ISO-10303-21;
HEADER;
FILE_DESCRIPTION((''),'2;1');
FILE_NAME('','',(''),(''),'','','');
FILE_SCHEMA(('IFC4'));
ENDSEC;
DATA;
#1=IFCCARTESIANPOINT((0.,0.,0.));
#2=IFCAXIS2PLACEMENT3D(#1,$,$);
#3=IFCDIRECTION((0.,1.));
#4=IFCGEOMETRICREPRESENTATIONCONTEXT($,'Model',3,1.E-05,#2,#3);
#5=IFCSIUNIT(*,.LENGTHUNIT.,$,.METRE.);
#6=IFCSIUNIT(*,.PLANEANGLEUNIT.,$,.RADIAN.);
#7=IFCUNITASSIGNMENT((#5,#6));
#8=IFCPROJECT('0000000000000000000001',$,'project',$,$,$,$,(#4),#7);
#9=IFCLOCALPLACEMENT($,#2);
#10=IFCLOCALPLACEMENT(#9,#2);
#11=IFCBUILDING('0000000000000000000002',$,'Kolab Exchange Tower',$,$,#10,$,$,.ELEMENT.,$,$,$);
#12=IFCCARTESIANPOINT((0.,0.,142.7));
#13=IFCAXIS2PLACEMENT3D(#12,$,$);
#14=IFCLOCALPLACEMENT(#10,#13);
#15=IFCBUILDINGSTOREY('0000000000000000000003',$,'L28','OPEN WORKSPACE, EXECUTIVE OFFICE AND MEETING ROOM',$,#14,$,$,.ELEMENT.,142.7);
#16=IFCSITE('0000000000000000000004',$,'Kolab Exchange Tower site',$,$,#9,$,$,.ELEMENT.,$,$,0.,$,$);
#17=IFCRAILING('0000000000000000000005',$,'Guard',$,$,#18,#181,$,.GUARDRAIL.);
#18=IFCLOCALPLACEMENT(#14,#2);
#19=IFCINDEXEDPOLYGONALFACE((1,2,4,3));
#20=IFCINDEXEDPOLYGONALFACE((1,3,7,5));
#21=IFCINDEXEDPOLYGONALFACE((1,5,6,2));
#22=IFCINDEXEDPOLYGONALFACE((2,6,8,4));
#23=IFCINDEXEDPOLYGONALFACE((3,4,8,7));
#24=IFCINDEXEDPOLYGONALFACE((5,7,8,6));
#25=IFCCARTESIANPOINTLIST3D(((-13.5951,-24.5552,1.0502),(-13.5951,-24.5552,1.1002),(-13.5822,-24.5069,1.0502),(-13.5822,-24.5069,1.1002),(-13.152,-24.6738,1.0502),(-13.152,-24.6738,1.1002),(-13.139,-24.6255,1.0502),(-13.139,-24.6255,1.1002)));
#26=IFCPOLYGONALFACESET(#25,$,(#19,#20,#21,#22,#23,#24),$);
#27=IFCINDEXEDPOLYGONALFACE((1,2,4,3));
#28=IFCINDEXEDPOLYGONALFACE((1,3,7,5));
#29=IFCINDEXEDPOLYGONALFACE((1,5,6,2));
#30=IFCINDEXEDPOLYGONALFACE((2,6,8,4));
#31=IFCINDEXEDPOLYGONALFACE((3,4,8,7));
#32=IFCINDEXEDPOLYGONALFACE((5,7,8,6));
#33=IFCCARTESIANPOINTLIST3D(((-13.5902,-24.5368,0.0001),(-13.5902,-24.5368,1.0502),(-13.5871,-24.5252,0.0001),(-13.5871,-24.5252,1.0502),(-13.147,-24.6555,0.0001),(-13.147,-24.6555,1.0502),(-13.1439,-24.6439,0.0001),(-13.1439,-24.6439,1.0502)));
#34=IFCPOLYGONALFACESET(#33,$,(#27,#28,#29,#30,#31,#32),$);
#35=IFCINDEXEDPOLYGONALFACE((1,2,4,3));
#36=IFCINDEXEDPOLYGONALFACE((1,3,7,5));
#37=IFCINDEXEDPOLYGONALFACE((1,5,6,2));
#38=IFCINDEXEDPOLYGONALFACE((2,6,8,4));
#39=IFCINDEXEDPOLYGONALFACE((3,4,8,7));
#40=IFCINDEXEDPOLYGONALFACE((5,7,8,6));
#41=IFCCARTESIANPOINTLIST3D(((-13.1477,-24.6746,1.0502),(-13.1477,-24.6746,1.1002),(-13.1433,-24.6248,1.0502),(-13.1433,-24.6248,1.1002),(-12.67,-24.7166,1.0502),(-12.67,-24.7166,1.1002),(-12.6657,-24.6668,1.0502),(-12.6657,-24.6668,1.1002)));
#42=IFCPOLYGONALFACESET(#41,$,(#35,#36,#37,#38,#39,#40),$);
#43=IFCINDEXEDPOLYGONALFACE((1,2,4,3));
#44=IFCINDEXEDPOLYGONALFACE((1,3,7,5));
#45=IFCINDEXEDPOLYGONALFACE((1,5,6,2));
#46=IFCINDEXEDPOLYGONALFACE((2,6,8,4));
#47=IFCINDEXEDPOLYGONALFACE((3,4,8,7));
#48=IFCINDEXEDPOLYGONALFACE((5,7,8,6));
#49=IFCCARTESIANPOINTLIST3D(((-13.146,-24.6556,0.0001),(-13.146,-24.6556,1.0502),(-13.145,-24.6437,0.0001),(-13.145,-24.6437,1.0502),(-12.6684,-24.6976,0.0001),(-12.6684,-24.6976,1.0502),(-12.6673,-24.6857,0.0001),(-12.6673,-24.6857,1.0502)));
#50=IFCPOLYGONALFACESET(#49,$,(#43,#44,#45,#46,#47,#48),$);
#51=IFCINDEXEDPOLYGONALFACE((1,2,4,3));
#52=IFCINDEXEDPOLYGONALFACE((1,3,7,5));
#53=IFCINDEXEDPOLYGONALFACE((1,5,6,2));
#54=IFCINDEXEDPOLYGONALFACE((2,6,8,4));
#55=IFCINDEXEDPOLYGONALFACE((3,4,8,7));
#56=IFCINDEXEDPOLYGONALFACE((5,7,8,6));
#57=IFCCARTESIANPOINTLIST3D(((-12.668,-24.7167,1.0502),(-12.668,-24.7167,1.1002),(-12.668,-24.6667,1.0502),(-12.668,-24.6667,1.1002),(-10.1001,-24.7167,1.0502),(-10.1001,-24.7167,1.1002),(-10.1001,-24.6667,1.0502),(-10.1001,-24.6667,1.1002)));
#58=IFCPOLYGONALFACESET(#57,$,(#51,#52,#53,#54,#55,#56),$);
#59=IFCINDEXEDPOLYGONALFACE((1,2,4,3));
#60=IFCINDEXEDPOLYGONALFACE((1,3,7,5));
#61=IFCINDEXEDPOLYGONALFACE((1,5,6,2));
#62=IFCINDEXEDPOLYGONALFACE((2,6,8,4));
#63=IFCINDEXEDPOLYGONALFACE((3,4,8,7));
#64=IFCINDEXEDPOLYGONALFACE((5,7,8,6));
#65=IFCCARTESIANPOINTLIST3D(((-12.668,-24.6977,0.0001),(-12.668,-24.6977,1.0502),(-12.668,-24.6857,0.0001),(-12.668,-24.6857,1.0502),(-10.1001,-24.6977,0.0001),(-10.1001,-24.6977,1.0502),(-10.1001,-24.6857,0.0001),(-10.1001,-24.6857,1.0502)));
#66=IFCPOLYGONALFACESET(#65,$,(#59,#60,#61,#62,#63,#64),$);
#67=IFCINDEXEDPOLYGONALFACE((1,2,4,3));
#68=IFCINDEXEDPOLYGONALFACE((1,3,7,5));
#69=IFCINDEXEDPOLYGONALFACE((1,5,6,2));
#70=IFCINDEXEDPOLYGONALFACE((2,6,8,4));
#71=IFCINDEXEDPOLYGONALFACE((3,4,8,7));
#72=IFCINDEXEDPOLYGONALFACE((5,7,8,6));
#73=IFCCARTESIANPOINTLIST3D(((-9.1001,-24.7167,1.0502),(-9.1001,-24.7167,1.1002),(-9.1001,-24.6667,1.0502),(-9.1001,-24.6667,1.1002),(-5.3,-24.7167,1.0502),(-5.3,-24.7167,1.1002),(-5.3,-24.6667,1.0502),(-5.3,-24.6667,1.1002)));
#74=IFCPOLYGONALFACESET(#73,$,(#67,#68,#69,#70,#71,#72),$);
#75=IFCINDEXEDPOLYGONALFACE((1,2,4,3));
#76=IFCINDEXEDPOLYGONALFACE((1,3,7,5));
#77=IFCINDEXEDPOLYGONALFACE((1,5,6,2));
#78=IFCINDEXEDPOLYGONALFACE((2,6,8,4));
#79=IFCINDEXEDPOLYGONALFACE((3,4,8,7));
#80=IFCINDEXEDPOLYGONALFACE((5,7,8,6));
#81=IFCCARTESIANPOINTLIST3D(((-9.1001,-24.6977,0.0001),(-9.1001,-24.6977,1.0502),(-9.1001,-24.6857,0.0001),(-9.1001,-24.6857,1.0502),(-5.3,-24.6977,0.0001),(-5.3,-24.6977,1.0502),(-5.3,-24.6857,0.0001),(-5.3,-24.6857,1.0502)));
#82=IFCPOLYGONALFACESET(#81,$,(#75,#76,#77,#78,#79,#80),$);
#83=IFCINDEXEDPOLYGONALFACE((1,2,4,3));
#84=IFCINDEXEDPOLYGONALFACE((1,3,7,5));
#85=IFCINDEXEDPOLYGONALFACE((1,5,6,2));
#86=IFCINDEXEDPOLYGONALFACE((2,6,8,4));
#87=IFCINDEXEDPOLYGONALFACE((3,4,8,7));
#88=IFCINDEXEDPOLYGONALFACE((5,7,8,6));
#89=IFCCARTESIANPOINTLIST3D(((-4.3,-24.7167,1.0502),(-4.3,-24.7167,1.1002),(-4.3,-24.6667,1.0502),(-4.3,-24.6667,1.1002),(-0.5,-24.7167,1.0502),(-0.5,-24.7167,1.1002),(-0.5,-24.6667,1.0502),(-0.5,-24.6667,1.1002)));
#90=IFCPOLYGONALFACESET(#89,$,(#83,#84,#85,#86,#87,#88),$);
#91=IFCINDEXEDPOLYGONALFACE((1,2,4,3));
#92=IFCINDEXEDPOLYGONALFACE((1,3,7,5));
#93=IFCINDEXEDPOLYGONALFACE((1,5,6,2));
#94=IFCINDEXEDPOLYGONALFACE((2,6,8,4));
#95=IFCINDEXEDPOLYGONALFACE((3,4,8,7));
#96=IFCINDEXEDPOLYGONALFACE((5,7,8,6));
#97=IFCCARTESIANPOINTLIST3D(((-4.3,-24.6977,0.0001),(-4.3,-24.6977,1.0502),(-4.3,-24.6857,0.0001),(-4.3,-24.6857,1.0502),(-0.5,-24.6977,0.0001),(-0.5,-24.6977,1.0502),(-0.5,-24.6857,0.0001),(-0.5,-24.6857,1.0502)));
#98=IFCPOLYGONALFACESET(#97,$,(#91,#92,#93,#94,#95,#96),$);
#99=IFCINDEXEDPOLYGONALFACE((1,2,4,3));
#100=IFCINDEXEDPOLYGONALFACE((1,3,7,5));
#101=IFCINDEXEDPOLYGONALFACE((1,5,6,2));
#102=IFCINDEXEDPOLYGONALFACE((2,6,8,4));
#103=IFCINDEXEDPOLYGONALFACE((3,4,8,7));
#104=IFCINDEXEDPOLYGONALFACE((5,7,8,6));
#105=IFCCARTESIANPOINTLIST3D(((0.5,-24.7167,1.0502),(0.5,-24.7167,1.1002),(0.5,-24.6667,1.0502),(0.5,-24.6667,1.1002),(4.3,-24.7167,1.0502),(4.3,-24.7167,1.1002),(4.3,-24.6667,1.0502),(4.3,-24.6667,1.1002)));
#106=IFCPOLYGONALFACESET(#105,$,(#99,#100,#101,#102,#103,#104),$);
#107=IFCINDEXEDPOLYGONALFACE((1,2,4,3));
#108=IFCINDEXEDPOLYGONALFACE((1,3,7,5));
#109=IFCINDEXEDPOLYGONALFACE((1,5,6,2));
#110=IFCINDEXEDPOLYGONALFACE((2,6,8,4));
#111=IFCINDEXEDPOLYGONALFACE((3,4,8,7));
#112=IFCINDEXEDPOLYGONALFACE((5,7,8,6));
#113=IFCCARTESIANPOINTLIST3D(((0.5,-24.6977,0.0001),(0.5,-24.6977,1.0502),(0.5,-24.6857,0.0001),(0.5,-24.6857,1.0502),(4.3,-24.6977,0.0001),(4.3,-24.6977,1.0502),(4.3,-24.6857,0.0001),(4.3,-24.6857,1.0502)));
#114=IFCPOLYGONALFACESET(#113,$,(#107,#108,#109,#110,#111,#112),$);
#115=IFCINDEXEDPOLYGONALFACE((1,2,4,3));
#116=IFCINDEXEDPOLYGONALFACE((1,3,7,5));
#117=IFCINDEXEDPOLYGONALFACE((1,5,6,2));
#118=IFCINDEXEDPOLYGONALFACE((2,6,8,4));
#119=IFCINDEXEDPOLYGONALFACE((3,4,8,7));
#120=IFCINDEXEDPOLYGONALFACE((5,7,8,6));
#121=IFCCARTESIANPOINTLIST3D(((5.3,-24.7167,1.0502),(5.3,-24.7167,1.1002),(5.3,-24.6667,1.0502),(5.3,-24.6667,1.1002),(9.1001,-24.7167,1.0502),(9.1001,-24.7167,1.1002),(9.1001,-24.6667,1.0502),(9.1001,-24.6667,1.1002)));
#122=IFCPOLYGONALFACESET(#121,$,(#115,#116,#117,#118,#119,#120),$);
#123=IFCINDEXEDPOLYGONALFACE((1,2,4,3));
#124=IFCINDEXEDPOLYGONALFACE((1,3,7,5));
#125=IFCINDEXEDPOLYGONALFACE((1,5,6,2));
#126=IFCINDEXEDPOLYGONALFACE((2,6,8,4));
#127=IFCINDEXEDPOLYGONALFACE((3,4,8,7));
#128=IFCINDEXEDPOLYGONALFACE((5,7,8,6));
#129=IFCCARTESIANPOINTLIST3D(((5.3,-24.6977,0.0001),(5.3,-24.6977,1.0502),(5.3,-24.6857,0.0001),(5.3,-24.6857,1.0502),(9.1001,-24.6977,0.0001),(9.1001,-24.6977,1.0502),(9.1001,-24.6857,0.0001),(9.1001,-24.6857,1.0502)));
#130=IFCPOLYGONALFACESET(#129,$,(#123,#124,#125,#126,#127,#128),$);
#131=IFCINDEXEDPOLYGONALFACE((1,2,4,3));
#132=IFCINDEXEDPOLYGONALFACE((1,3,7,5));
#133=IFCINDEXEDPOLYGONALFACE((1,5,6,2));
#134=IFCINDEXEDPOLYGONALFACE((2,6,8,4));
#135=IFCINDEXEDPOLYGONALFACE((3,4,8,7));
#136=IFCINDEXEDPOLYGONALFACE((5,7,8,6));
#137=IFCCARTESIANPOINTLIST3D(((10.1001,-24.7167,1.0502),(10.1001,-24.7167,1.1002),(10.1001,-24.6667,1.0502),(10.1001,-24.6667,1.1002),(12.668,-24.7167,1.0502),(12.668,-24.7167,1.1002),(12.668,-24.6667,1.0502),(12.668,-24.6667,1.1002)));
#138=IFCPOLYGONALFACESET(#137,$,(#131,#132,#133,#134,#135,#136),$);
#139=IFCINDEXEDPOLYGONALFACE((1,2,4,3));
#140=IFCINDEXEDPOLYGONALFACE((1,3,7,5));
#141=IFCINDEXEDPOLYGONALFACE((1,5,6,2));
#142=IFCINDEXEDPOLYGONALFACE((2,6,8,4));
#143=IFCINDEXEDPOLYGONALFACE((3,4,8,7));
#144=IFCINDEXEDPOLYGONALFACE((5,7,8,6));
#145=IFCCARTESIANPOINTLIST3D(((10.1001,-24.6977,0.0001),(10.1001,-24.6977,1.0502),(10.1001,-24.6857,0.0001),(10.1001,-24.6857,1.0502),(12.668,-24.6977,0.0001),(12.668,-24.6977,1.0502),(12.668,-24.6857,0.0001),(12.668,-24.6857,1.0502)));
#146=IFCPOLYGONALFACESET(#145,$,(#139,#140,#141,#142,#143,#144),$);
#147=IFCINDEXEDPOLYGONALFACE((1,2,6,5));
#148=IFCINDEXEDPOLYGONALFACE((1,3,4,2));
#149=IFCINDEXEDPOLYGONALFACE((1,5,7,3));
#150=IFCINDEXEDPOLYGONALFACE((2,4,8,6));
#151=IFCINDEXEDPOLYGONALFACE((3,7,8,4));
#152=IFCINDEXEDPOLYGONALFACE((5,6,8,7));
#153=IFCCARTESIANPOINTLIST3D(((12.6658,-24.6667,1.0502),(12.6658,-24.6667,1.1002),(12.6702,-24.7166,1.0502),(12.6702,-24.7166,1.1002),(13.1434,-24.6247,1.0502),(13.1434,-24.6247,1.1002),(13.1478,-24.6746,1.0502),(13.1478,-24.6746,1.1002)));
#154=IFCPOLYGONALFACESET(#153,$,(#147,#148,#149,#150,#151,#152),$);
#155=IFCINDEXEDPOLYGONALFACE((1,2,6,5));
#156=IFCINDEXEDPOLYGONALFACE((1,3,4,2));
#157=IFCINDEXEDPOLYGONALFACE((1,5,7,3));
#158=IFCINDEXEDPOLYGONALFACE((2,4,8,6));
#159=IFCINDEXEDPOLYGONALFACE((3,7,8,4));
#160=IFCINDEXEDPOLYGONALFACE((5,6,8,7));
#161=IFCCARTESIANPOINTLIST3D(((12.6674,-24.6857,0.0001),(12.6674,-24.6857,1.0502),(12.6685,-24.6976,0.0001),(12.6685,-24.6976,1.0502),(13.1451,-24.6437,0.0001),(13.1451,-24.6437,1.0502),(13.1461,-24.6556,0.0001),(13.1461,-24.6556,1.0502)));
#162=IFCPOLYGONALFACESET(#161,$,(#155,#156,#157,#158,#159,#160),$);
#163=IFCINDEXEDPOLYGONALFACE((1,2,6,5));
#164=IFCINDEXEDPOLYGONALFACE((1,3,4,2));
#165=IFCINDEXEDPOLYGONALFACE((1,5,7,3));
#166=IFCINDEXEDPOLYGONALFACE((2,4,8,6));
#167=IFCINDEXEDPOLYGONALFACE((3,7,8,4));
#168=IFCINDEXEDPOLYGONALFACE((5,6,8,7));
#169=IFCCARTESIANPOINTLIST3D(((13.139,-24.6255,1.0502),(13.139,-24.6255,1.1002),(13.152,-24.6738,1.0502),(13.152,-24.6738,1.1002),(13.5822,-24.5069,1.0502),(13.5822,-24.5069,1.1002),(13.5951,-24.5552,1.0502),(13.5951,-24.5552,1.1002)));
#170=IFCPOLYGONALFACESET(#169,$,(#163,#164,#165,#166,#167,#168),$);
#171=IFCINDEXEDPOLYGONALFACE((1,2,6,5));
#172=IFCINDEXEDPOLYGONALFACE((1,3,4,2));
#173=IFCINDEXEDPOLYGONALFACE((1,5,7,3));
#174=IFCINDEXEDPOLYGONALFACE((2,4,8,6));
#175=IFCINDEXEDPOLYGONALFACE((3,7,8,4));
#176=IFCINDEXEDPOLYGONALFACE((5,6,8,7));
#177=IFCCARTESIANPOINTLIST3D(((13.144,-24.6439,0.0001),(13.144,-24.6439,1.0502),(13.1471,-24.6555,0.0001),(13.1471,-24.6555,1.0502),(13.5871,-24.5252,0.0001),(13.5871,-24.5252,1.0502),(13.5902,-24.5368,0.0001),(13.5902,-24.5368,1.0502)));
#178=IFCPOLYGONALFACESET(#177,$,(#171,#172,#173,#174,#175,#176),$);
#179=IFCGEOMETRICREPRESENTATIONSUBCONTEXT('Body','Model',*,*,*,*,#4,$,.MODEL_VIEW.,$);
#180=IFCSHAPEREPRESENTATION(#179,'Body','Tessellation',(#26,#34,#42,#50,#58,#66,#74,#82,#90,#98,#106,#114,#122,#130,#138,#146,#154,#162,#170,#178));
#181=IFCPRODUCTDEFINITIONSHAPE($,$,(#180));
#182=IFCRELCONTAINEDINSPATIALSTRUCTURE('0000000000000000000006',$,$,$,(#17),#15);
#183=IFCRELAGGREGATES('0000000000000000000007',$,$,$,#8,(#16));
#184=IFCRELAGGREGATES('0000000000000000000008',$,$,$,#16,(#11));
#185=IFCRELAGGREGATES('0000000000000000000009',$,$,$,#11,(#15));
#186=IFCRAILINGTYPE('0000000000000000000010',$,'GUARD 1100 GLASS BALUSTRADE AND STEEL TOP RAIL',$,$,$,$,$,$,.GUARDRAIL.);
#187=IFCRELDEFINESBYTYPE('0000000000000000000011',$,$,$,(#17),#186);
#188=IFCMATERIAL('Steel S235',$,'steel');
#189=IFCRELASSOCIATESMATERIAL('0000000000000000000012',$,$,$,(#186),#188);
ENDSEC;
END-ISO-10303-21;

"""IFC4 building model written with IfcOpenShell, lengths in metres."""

from ifc_helpers import new_model, si_unit, direction, frame, frame_2d, origin, origin_2d, place, context, subcontext, project, spatial, rectangle, extrude, material, type_object, element, save


model = new_model("IFC4")

# Units and contexts
model_context = context("Model", 3, precision=1e-05, world=origin(), true_north=direction((0.0, 1.0)))
body_context = subcontext(model_context, "Body", "Model", "MODEL_VIEW")
ifc_project = project(units=[si_unit("LENGTHUNIT", "METRE"), si_unit("PLANEANGLEUNIT", "RADIAN")], contexts=[model_context])

# Site, building, storey
site_placement = place(None, origin())
site = spatial("IfcSite", under=ifc_project, at=site_placement, Name="Kolab Exchange Tower site", CompositionType="ELEMENT", RefElevation=0.0)
building_placement = place(site_placement, origin())
building = spatial("IfcBuilding", under=site, at=building_placement, Name="Kolab Exchange Tower", CompositionType="ELEMENT")
storey_placement = place(building_placement, frame((0.0, 0.0, 142.7)))
storey = spatial("IfcBuildingStorey", under=building, at=storey_placement, Name="L28", Description="OPEN WORKSPACE, EXECUTIVE OFFICE AND MEETING ROOM", CompositionType="ELEMENT", Elevation=142.7)

# Railing
ifc_material_1 = material(Name="Steel S235", Category="steel")
railing_type = type_object("IfcRailingType", Name="GUARD 1100 GLASS BALUSTRADE AND STEEL TOP RAIL", PredefinedType="GUARDRAIL", material=ifc_material_1)
railing_placement = place(storey_placement, frame((-13.5886, -24.531, 0.0)))
element("IfcRailing", 1, at=railing_placement, inside=storey, type_object=railing_type, Name="Guard", PredefinedType="GUARDRAIL", context=body_context, shape_type="SweptSolid", body=[
    extrude(rectangle(XDim=0.05, YDim=0.05, at=origin_2d()), frame((0.0, 0.0, 1.0752), z_axis=(0.965969, -0.258656, 0.0), x_axis=(0.258656, 0.965969, 0.0)), (0.0, 0.0, 1.0), 0.4587),
    extrude(rectangle(XDim=0.012, YDim=1.0501, at=frame_2d((0.0, 0.5251))), frame((0.0, 0.0, 0.0), z_axis=(0.965969, -0.258656, 0.0), x_axis=(0.258656, 0.965969, 0.0)), (0.0, 0.0, 1.0), 0.4587),
    extrude(rectangle(XDim=0.05, YDim=0.05, at=origin_2d()), frame((0.4431, -0.1187, 1.0752), z_axis=(0.996156, -0.087597, 0.0), x_axis=(0.087597, 0.996156, 0.0)), (0.0, 0.0, 1.0), 0.4795),
    extrude(rectangle(XDim=0.012, YDim=1.0501, at=frame_2d((0.0, 0.5251))), frame((0.4431, -0.1187, 0.0), z_axis=(0.996156, -0.087597, 0.0), x_axis=(0.087597, 0.996156, 0.0)), (0.0, 0.0, 1.0), 0.4795),
    extrude(rectangle(XDim=0.05, YDim=0.05, at=origin_2d()), frame((0.9207, -0.1606, 1.0752), z_axis=(1.0, 0.0, 0.0), x_axis=(0.0, 1.0, 0.0)), (0.0, 0.0, 1.0), 2.5679),
    extrude(rectangle(XDim=0.012, YDim=1.0501, at=frame_2d((0.0, 0.5251))), frame((0.9207, -0.1606, 0.0), z_axis=(1.0, 0.0, 0.0), x_axis=(0.0, 1.0, 0.0)), (0.0, 0.0, 1.0), 2.5679),
    extrude(rectangle(XDim=0.05, YDim=0.05, at=origin_2d()), frame((4.4885, -0.1606, 1.0752), z_axis=(1.0, 0.0, 0.0), x_axis=(0.0, 1.0, 0.0)), (0.0, 0.0, 1.0), 3.8),
    extrude(rectangle(XDim=0.012, YDim=1.0501, at=frame_2d((0.0, 0.5251))), frame((4.4885, -0.1606, 0.0), z_axis=(1.0, 0.0, 0.0), x_axis=(0.0, 1.0, 0.0)), (0.0, 0.0, 1.0), 3.8),
    extrude(rectangle(XDim=0.05, YDim=0.05, at=origin_2d()), frame((9.2886, -0.1606, 1.0752), z_axis=(1.0, 0.0, 0.0), x_axis=(0.0, 1.0, 0.0)), (0.0, 0.0, 1.0), 3.8),
    extrude(rectangle(XDim=0.012, YDim=1.0501, at=frame_2d((0.0, 0.5251))), frame((9.2886, -0.1606, 0.0), z_axis=(1.0, 0.0, 0.0), x_axis=(0.0, 1.0, 0.0)), (0.0, 0.0, 1.0), 3.8),
    extrude(rectangle(XDim=0.05, YDim=0.05, at=origin_2d()), frame((14.0886, -0.1606, 1.0752), z_axis=(1.0, 0.0, 0.0), x_axis=(0.0, 1.0, 0.0)), (0.0, 0.0, 1.0), 3.8),
    extrude(rectangle(XDim=0.012, YDim=1.0501, at=frame_2d((0.0, 0.5251))), frame((14.0886, -0.1606, 0.0), z_axis=(1.0, 0.0, 0.0), x_axis=(0.0, 1.0, 0.0)), (0.0, 0.0, 1.0), 3.8),
    extrude(rectangle(XDim=0.05, YDim=0.05, at=origin_2d()), frame((18.8887, -0.1606, 1.0752), z_axis=(1.0, 0.0, 0.0), x_axis=(0.0, 1.0, 0.0)), (0.0, 0.0, 1.0), 3.8),
    extrude(rectangle(XDim=0.012, YDim=1.0501, at=frame_2d((0.0, 0.5251))), frame((18.8887, -0.1606, 0.0), z_axis=(1.0, 0.0, 0.0), x_axis=(0.0, 1.0, 0.0)), (0.0, 0.0, 1.0), 3.8),
    extrude(rectangle(XDim=0.05, YDim=0.05, at=origin_2d()), frame((23.6887, -0.1606, 1.0752), z_axis=(1.0, 0.0, 0.0), x_axis=(0.0, 1.0, 0.0)), (0.0, 0.0, 1.0), 2.5679),
    extrude(rectangle(XDim=0.012, YDim=1.0501, at=frame_2d((0.0, 0.5251))), frame((23.6887, -0.1606, 0.0), z_axis=(1.0, 0.0, 0.0), x_axis=(0.0, 1.0, 0.0)), (0.0, 0.0, 1.0), 2.5679),
    extrude(rectangle(XDim=0.05, YDim=0.05, at=origin_2d()), frame((26.2566, -0.1606, 1.0752), z_axis=(0.996156, 0.087597, 0.0), x_axis=(-0.087597, 0.996156, 0.0)), (0.0, 0.0, 1.0), 0.4795),
    extrude(rectangle(XDim=0.012, YDim=1.0501, at=frame_2d((0.0, 0.5251))), frame((26.2566, -0.1606, 0.0), z_axis=(0.996156, 0.087597, 0.0), x_axis=(-0.087597, 0.996156, 0.0)), (0.0, 0.0, 1.0), 0.4795),
    extrude(rectangle(XDim=0.05, YDim=0.05, at=origin_2d()), frame((26.7341, -0.1187, 1.0752), z_axis=(0.965969, 0.258656, 0.0), x_axis=(-0.258656, 0.965969, 0.0)), (0.0, 0.0, 1.0), 0.4587),
    extrude(rectangle(XDim=0.012, YDim=1.0501, at=frame_2d((0.0, 0.5251))), frame((26.7341, -0.1187, 0.0), z_axis=(0.965969, 0.258656, 0.0), x_axis=(-0.258656, 0.965969, 0.0)), (0.0, 0.0, 1.0), 0.4587),
])

save(model, "model.ifc")
